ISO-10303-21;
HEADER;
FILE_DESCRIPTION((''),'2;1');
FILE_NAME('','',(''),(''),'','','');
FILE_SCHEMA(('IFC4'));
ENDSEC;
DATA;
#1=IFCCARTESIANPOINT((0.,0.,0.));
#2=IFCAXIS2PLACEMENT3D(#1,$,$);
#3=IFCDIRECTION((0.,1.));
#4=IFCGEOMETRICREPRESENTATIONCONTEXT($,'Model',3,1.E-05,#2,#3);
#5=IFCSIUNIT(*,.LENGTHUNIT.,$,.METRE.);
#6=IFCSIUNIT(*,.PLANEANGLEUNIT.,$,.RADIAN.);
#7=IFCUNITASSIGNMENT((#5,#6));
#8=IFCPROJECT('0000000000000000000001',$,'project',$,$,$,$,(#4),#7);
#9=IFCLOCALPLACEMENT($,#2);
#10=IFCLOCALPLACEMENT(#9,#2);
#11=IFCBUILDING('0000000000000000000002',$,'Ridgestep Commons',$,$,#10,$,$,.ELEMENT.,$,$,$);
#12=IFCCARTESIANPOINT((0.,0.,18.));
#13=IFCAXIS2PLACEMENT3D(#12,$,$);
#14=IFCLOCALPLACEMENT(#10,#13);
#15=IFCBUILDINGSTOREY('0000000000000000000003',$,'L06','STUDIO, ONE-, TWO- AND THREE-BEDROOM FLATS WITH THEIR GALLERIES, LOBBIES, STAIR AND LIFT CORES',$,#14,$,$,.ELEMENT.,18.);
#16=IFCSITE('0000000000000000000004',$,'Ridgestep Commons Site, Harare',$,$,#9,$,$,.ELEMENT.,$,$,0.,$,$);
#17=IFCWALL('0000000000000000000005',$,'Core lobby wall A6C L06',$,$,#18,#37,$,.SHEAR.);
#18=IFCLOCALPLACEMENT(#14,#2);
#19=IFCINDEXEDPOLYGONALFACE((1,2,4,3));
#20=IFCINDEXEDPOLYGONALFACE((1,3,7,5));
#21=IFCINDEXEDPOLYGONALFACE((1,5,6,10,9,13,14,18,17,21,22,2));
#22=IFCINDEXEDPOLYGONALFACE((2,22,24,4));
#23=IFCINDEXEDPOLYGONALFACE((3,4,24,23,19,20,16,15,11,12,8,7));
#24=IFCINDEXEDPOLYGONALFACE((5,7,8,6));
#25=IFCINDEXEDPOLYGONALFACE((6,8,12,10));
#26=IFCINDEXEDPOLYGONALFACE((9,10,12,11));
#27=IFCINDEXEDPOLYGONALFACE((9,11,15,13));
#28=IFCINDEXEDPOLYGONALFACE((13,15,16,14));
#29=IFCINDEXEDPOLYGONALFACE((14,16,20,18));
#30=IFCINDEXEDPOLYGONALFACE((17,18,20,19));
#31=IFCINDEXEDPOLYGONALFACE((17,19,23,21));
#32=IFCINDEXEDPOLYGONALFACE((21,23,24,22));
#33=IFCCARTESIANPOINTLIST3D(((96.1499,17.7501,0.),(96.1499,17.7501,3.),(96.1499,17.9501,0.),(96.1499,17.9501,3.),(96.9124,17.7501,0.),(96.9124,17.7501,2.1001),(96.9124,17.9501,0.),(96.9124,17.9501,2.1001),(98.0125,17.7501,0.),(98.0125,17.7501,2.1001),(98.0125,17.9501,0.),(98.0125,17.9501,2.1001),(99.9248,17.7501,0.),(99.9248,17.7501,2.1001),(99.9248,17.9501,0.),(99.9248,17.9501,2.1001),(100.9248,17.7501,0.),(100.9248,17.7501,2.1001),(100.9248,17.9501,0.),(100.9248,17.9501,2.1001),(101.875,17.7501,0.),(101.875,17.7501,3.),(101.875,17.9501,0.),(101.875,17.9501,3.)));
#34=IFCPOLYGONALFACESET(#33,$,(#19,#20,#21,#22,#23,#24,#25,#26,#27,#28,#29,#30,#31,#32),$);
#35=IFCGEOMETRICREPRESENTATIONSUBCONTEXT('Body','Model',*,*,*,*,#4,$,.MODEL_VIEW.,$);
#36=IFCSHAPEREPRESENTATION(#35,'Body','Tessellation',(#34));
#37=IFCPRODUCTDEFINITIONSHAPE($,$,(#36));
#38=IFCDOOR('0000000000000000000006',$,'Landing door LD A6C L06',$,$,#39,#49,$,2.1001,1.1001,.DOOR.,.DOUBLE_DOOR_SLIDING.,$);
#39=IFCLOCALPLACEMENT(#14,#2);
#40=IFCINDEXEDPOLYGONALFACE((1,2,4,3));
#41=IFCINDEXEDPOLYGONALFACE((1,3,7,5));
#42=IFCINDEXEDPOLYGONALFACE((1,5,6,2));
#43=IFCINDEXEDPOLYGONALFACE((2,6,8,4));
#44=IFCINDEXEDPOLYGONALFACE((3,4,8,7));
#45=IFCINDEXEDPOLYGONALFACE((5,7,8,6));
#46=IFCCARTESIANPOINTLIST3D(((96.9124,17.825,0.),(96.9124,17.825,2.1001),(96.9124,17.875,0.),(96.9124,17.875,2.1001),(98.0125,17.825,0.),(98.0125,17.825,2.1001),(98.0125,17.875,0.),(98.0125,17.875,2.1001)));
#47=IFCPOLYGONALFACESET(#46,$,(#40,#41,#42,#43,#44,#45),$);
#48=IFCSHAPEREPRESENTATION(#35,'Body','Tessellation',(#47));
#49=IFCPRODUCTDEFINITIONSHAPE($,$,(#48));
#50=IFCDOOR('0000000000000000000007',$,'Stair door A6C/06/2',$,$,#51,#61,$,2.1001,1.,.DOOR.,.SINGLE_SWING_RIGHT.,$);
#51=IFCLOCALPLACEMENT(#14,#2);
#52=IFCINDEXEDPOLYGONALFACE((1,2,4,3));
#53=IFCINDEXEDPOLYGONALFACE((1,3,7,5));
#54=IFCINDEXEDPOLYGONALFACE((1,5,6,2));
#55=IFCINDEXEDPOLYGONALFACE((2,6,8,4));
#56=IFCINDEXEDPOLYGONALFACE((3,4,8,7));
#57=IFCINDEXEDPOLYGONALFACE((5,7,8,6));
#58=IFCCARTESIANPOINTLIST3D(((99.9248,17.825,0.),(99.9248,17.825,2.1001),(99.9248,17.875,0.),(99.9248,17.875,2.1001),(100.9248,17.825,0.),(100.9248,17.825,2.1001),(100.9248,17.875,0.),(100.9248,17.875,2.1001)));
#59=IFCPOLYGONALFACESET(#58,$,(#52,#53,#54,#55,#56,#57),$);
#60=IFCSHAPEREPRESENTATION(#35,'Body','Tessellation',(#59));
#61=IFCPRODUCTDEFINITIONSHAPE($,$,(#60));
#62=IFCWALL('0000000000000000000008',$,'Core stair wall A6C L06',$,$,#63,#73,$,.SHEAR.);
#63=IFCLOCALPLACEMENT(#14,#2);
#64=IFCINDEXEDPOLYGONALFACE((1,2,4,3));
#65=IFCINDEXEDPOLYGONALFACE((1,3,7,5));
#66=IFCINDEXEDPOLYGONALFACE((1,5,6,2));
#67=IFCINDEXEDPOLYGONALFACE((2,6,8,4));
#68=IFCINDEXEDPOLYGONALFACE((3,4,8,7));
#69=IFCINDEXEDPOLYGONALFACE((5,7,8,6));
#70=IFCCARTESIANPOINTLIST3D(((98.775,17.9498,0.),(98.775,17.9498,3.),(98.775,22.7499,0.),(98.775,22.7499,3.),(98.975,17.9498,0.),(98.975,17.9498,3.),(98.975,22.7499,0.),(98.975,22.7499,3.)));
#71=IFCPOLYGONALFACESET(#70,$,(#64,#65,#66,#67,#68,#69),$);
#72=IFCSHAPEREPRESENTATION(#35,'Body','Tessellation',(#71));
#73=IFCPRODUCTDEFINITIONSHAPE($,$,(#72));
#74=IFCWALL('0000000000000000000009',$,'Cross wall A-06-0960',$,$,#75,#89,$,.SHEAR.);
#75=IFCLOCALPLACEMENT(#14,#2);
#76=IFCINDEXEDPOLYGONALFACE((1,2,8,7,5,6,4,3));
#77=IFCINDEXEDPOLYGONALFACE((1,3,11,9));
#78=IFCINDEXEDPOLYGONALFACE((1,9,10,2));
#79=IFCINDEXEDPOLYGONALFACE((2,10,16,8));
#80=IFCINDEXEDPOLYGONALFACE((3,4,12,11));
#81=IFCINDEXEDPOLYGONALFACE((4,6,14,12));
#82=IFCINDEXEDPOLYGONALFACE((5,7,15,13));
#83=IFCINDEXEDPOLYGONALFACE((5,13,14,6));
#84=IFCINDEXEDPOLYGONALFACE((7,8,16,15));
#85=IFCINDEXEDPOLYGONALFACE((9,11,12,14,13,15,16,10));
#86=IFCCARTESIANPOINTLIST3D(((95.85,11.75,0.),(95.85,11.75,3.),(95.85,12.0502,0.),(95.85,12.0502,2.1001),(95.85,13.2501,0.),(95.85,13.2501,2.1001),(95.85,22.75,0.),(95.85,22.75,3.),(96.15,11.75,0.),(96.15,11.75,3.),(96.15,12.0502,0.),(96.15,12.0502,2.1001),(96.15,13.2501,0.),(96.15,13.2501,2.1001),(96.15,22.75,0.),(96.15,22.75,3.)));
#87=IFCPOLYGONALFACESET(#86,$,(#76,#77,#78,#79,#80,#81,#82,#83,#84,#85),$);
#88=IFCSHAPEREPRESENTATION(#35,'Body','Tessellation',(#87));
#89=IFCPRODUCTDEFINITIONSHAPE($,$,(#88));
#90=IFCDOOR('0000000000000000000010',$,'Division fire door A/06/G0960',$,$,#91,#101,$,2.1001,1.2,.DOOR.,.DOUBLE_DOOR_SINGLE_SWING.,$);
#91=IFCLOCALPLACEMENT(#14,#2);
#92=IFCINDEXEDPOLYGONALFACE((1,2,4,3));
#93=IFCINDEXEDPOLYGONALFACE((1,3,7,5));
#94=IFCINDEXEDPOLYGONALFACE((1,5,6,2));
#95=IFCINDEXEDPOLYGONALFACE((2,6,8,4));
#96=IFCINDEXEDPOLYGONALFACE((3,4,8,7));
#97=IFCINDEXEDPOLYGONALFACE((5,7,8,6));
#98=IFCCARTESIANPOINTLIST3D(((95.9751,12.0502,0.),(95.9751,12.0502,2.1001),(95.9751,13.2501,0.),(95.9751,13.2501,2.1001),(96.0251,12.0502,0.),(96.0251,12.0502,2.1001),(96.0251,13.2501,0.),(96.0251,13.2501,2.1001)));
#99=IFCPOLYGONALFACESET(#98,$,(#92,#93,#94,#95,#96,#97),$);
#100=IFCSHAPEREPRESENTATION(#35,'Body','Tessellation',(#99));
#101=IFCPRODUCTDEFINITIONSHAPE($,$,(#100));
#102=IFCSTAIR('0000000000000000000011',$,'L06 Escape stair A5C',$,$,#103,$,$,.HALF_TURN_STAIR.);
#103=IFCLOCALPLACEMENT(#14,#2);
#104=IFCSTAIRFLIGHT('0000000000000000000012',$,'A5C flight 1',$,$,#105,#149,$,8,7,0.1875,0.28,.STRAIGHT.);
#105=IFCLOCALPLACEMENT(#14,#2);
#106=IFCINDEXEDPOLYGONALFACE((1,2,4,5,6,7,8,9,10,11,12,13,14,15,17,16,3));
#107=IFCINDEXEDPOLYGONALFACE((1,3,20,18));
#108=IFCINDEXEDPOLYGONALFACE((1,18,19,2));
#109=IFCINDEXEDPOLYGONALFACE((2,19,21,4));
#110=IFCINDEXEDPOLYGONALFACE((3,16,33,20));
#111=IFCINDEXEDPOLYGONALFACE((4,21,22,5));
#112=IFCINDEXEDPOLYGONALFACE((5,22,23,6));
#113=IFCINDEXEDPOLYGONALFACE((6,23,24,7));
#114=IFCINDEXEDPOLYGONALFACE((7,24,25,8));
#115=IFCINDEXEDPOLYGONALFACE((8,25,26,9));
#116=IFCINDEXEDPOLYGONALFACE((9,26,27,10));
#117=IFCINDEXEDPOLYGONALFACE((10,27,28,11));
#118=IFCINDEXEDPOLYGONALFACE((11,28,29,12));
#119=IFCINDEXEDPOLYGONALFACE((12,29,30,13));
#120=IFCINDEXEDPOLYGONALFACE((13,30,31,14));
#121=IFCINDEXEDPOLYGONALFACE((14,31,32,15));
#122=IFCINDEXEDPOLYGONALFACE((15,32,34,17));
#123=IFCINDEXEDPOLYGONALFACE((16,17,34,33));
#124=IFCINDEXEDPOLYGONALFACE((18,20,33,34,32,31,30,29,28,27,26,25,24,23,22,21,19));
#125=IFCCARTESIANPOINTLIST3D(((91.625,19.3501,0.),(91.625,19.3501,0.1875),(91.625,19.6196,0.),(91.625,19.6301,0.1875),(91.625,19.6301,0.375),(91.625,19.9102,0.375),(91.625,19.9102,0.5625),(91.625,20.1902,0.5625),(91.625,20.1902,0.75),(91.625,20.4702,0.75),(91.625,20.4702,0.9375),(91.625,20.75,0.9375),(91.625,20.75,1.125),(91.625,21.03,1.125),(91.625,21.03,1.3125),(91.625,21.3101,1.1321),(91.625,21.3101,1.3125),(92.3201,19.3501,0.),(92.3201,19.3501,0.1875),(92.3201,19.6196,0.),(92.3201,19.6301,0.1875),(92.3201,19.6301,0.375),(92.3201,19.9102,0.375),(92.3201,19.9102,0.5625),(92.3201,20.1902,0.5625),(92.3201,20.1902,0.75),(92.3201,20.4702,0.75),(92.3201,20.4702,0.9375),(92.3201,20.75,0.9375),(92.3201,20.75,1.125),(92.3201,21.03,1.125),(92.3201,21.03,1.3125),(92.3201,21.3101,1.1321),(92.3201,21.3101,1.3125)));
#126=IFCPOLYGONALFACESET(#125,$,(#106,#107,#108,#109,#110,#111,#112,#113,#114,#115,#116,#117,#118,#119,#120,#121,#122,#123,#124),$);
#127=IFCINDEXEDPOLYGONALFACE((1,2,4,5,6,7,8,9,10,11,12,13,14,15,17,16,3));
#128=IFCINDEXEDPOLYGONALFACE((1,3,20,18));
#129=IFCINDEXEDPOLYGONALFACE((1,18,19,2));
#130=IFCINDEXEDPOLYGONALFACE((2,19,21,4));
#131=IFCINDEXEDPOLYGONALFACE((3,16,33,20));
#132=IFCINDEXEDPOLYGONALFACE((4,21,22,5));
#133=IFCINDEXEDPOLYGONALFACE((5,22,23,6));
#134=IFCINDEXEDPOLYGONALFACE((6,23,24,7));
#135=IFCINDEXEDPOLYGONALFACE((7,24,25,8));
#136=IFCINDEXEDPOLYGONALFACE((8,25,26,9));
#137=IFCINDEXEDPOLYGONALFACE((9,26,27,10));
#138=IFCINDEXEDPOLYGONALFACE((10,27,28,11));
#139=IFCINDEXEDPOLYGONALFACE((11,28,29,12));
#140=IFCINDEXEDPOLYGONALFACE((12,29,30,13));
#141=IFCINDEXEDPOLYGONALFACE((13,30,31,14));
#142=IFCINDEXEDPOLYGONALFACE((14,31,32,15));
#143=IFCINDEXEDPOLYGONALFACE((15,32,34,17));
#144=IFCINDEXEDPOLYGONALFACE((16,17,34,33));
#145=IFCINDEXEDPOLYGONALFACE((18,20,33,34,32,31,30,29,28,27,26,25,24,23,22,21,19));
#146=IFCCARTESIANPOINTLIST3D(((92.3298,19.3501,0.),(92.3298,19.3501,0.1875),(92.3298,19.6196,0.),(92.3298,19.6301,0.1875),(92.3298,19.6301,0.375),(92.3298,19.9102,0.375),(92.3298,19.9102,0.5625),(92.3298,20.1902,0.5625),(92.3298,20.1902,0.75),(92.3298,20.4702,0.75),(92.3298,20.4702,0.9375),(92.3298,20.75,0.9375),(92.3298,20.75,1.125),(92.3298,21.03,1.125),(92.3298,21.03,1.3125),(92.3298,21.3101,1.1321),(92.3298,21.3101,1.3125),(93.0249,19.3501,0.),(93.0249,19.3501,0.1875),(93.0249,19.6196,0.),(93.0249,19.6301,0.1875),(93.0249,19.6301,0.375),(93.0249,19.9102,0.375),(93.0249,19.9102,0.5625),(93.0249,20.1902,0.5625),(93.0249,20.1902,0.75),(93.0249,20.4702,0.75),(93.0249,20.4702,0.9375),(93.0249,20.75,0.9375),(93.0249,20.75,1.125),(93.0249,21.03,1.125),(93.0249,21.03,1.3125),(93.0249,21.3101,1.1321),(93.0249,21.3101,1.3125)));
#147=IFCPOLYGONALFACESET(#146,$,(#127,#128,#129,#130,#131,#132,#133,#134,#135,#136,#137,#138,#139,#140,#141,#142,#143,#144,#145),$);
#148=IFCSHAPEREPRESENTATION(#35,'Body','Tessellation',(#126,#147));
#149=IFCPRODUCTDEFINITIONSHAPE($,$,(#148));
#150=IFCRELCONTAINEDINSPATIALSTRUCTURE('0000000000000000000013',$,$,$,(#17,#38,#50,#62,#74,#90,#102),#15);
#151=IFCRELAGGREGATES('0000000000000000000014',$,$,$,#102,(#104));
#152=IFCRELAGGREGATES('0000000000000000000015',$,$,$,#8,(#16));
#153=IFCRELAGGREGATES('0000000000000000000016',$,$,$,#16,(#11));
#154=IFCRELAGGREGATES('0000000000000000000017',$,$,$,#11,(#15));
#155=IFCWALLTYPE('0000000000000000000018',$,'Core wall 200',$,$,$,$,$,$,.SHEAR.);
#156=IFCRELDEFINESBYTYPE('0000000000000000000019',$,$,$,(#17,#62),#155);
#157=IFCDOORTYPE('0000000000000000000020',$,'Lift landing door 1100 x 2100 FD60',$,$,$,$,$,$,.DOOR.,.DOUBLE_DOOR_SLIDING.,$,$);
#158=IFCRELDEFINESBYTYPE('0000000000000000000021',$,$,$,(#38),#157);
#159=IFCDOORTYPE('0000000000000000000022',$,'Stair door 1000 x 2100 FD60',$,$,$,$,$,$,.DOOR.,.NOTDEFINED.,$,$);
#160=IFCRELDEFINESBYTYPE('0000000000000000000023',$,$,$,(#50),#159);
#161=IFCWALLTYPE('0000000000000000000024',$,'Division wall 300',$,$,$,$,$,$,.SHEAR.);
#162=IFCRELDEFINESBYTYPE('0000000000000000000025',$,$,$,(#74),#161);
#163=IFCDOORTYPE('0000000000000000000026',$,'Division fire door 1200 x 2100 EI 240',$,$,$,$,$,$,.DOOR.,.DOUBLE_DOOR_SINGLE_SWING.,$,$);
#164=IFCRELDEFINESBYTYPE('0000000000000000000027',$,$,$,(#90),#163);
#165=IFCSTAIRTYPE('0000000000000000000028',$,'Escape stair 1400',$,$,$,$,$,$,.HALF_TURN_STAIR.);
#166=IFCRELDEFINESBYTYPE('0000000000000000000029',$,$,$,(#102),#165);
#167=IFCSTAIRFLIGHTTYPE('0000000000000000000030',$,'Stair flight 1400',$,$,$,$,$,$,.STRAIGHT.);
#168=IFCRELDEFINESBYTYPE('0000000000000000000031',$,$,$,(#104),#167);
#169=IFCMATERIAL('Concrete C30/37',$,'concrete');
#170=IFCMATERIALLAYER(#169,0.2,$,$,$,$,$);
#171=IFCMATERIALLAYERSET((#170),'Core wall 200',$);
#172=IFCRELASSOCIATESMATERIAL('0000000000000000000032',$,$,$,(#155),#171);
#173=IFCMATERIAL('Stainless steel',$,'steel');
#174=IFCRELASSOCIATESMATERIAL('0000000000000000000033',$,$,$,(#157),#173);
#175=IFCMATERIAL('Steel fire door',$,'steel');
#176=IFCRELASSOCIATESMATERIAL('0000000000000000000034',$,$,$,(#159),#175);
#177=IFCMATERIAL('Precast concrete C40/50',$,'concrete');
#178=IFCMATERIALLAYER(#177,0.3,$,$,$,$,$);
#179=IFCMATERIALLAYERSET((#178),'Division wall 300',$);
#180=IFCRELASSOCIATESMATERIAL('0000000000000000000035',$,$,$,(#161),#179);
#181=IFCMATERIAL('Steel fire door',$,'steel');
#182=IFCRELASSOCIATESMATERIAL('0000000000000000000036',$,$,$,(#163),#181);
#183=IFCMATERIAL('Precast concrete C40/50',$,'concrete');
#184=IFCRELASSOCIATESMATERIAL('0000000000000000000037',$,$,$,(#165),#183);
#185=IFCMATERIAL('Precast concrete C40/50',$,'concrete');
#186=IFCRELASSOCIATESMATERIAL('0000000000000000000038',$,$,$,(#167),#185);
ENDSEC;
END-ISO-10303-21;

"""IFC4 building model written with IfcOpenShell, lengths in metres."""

from ifc_helpers import new_model, si_unit, direction, frame, frame_2d, origin, place, context, subcontext, project, spatial, polyline, rectangle, outline, extrude, material, layer, layer_set, type_object, element, fill, aggregate, save


model = new_model("IFC4")

# Units and contexts
model_context = context("Model", 3, precision=1e-05, world=origin(), true_north=direction((0.0, 1.0)))
body_context = subcontext(model_context, "Body", "Model", "MODEL_VIEW")
ifc_project = project(units=[si_unit("LENGTHUNIT", "METRE"), si_unit("PLANEANGLEUNIT", "RADIAN")], contexts=[model_context])

# Site, building, storey
site_placement = place(None, origin())
site = spatial("IfcSite", under=ifc_project, at=site_placement, Name="Ridgestep Commons Site, Harare", CompositionType="ELEMENT", RefElevation=0.0)
building_placement = place(site_placement, origin())
building = spatial("IfcBuilding", under=site, at=building_placement, Name="Ridgestep Commons", CompositionType="ELEMENT")
storey_placement = place(building_placement, frame((0.0, 0.0, 18.0)))
storey = spatial("IfcBuildingStorey", under=building, at=storey_placement, Name="L06", Description="STUDIO, ONE-, TWO- AND THREE-BEDROOM FLATS WITH THEIR GALLERIES, LOBBIES, STAIR AND LIFT CORES", CompositionType="ELEMENT", Elevation=18.0)

# Shared definitions
ifc_material_1 = material(Name="Concrete C30/37", Category="concrete")
ifc_layer_1 = layer(ifc_material_1, 0.2)
ifc_layer_set_1 = layer_set([ifc_layer_1], Name="Core wall 200")
wall_type_1 = type_object("IfcWallType", Name="Core wall 200", PredefinedType="SHEAR", material=ifc_layer_set_1)

# Wall, openings, doors
wall_1_placement = place(storey_placement, frame((96.1499, 17.8501, 0.0), z_axis=(0.0, 0.0, 1.0), x_axis=(1.0, 0.0, 0.0)))
wall_1 = element("IfcWall", 1, at=wall_1_placement, inside=storey, type_object=wall_type_1, Name="Core lobby wall A6C L06", PredefinedType="SHEAR", context=body_context, shape_type="SweptSolid", body=[
    extrude(rectangle(XDim=5.7251, YDim=0.2, at=frame_2d((2.8625, 0.0))), origin(), (0.0, 0.0, 1.0), 3.0),
])
opening_1_placement = place(wall_1_placement, frame((3.7749, 0.0, 0.0)))
opening_1 = element("IfcOpeningElement", 2, at=opening_1_placement, cuts=wall_1, PredefinedType="OPENING", context=body_context, shape_type="SweptSolid", body=[
    extrude(rectangle(XDim=1.0, YDim=2.1001, at=frame_2d((0.5, 1.05))), frame((0.0, 0.1099, 0.0), z_axis=(0.0, -1.0, 0.0), x_axis=(1.0, 0.0, 0.0)), (0.0, 0.0, 1.0), 0.22),
])
opening_2_placement = place(wall_1_placement, frame((0.7625, 0.0, 0.0)))
opening_2 = element("IfcOpeningElement", 3, at=opening_2_placement, cuts=wall_1, PredefinedType="OPENING", context=body_context, shape_type="SweptSolid", body=[
    extrude(rectangle(XDim=1.1001, YDim=2.1001, at=frame_2d((0.55, 1.05))), frame((0.0, 0.1099, 0.0), z_axis=(0.0, -1.0, 0.0), x_axis=(1.0, 0.0, 0.0)), (0.0, 0.0, 1.0), 0.22),
])
ifc_material_2 = material(Name="Stainless steel", Category="steel")
door_type_1 = type_object("IfcDoorType", Name="Lift landing door 1100 x 2100 FD60", OperationType="DOUBLE_DOOR_SLIDING", PredefinedType="DOOR", material=ifc_material_2)
door_1_placement = place(opening_2_placement, origin())
door_1 = element("IfcDoor", 4, at=door_1_placement, inside=storey, type_object=door_type_1, Name="Landing door LD A6C L06", OperationType="DOUBLE_DOOR_SLIDING", OverallHeight=2.1001, OverallWidth=1.1001, PredefinedType="DOOR", context=body_context, shape_type="SweptSolid", body=[
    extrude(rectangle(XDim=1.1001, YDim=2.1001, at=frame_2d((0.55, 1.05))), frame((0.0, 0.0249, 0.0), z_axis=(0.0, -1.0, 0.0), x_axis=(1.0, 0.0, 0.0)), (0.0, 0.0, 1.0), 0.05),
])
fill(opening_2, door_1)
ifc_material_3 = material(Name="Steel fire door", Category="steel")
door_type_2 = type_object("IfcDoorType", Name="Stair door 1000 x 2100 FD60", OperationType="NOTDEFINED", PredefinedType="DOOR", material=ifc_material_3)
door_2_placement = place(opening_1_placement, origin())
door_2 = element("IfcDoor", 5, at=door_2_placement, inside=storey, type_object=door_type_2, Name="Stair door A6C/06/2", OperationType="SINGLE_SWING_RIGHT", OverallHeight=2.1001, OverallWidth=1.0, PredefinedType="DOOR", context=body_context, shape_type="SweptSolid", body=[
    extrude(rectangle(XDim=1.0, YDim=2.1001, at=frame_2d((0.5, 1.05))), frame((0.0, 0.0249, 0.0), z_axis=(0.0, -1.0, 0.0), x_axis=(1.0, 0.0, 0.0)), (0.0, 0.0, 1.0), 0.05),
])
fill(opening_1, door_2)

# Wall
wall_2_placement = place(storey_placement, frame((98.875, 17.95, 0.0), z_axis=(0.0, 0.0, 1.0), x_axis=(0.0, 1.0, 0.0)))
element("IfcWall", 6, at=wall_2_placement, inside=storey, type_object=wall_type_1, Name="Core stair wall A6C L06", PredefinedType="SHEAR", context=body_context, shape_type="SweptSolid", body=[
    extrude(rectangle(XDim=4.8, YDim=0.2, at=frame_2d((2.3999, 0.0))), origin(), (0.0, 0.0, 1.0), 3.0),
])

# Wall, opening, door
ifc_material_4 = material(Name="Precast concrete C40/50", Category="concrete")
ifc_layer_2 = layer(ifc_material_4, 0.3)
ifc_layer_set_2 = layer_set([ifc_layer_2], Name="Division wall 300")
wall_type_2 = type_object("IfcWallType", Name="Division wall 300", PredefinedType="SHEAR", material=ifc_layer_set_2)
wall_3_placement = place(storey_placement, frame((96.0, 11.75, 0.0), z_axis=(0.0, 0.0, 1.0), x_axis=(0.0, 1.0, 0.0)))
wall_3 = element("IfcWall", 7, at=wall_3_placement, inside=storey, type_object=wall_type_2, Name="Cross wall A-06-0960", PredefinedType="SHEAR", context=body_context, shape_type="SweptSolid", body=[
    extrude(rectangle(XDim=11.0, YDim=0.3, at=frame_2d((5.5, 0.0))), origin(), (0.0, 0.0, 1.0), 3.0),
])
opening_3_placement = place(wall_3_placement, frame((0.3, 0.0, 0.0)))
opening_3 = element("IfcOpeningElement", 8, at=opening_3_placement, cuts=wall_3, PredefinedType="OPENING", context=body_context, shape_type="SweptSolid", body=[
    extrude(rectangle(XDim=1.2, YDim=2.1001, at=frame_2d((0.6001, 1.05))), frame((0.0, 0.1599, 0.0), z_axis=(0.0, -1.0, 0.0), x_axis=(1.0, 0.0, 0.0)), (0.0, 0.0, 1.0), 0.3201),
])
ifc_material_5 = material(Name="Steel fire door", Category="steel")
door_type_3 = type_object("IfcDoorType", Name="Division fire door 1200 x 2100 EI 240", OperationType="DOUBLE_DOOR_SINGLE_SWING", PredefinedType="DOOR", material=ifc_material_5)
door_3_placement = place(opening_3_placement, origin())
door_3 = element("IfcDoor", 9, at=door_3_placement, inside=storey, type_object=door_type_3, Name="Division fire door A/06/G0960", OperationType="DOUBLE_DOOR_SINGLE_SWING", OverallHeight=2.1001, OverallWidth=1.2, PredefinedType="DOOR", context=body_context, shape_type="SweptSolid", body=[
    extrude(rectangle(XDim=1.2, YDim=2.1001, at=frame_2d((0.6001, 1.05))), frame((0.0, 0.0249, 0.0), z_axis=(0.0, -1.0, 0.0), x_axis=(1.0, 0.0, 0.0)), (0.0, 0.0, 1.0), 0.05),
])
fill(opening_3, door_3)

# Stair, stair flight
ifc_material_6 = material(Name="Precast concrete C40/50", Category="concrete")
stair_type = type_object("IfcStairType", Name="Escape stair 1400", PredefinedType="HALF_TURN_STAIR", material=ifc_material_6)
stair_placement = place(storey_placement, origin())
stair = element("IfcStair", 10, at=stair_placement, inside=storey, type_object=stair_type, Name="L06 Escape stair A5C", PredefinedType="HALF_TURN_STAIR")
ifc_material_7 = material(Name="Precast concrete C40/50", Category="concrete")
stair_flight_type = type_object("IfcStairFlightType", Name="Stair flight 1400", PredefinedType="STRAIGHT", material=ifc_material_7)
stair_flight_placement = place(storey_placement, frame((92.325, 19.3501, 0.0), z_axis=(0.0, 0.0, 1.0), x_axis=(0.0, 1.0, 0.0)))
stair_flight = element("IfcStairFlight", 11, at=stair_flight_placement, type_object=stair_flight_type, Name="A5C flight 1", NumberOfRisers=8, NumberOfTreads=7, PredefinedType="STRAIGHT", RiserHeight=0.1875, TreadLength=0.28, context=body_context, shape_type="SweptSolid", body=[
    extrude(outline(polyline([(0.0, 0.0), (0.0, 0.1875), (0.28, 0.1875), (0.28, 0.375), (0.5601, 0.375), (0.5601, 0.5625), (0.8401, 0.5625), (0.8401, 0.75), (1.1201, 0.75), (1.1201, 0.9375), (1.3999, 0.9375), (1.3999, 1.125), (1.6799, 1.125), (1.6799, 1.3125), (1.96, 1.3125), (1.96, 1.5), (1.96, 1.1321), (0.2695, 0.0), (0.0, 0.0)])), frame((0.0, 0.7, 0.0), z_axis=(0.0, -1.0, 0.0), x_axis=(1.0, 0.0, 0.0)), (0.0, 0.0, 1.0), 0.6951),
    extrude(outline(polyline([(0.0, 0.0), (0.0, 0.1875), (0.28, 0.1875), (0.28, 0.375), (0.5601, 0.375), (0.5601, 0.5625), (0.8401, 0.5625), (0.8401, 0.75), (1.1201, 0.75), (1.1201, 0.9375), (1.3999, 0.9375), (1.3999, 1.125), (1.6799, 1.125), (1.6799, 1.3125), (1.96, 1.3125), (1.96, 1.5), (1.96, 1.1321), (0.2695, 0.0), (0.0, 0.0)])), frame((0.0, -0.0049, 0.0), z_axis=(0.0, -1.0, 0.0), x_axis=(1.0, 0.0, 0.0)), (0.0, 0.0, 1.0), 0.6951),
])
aggregate(stair, [stair_flight])

save(model, "model.ifc")
